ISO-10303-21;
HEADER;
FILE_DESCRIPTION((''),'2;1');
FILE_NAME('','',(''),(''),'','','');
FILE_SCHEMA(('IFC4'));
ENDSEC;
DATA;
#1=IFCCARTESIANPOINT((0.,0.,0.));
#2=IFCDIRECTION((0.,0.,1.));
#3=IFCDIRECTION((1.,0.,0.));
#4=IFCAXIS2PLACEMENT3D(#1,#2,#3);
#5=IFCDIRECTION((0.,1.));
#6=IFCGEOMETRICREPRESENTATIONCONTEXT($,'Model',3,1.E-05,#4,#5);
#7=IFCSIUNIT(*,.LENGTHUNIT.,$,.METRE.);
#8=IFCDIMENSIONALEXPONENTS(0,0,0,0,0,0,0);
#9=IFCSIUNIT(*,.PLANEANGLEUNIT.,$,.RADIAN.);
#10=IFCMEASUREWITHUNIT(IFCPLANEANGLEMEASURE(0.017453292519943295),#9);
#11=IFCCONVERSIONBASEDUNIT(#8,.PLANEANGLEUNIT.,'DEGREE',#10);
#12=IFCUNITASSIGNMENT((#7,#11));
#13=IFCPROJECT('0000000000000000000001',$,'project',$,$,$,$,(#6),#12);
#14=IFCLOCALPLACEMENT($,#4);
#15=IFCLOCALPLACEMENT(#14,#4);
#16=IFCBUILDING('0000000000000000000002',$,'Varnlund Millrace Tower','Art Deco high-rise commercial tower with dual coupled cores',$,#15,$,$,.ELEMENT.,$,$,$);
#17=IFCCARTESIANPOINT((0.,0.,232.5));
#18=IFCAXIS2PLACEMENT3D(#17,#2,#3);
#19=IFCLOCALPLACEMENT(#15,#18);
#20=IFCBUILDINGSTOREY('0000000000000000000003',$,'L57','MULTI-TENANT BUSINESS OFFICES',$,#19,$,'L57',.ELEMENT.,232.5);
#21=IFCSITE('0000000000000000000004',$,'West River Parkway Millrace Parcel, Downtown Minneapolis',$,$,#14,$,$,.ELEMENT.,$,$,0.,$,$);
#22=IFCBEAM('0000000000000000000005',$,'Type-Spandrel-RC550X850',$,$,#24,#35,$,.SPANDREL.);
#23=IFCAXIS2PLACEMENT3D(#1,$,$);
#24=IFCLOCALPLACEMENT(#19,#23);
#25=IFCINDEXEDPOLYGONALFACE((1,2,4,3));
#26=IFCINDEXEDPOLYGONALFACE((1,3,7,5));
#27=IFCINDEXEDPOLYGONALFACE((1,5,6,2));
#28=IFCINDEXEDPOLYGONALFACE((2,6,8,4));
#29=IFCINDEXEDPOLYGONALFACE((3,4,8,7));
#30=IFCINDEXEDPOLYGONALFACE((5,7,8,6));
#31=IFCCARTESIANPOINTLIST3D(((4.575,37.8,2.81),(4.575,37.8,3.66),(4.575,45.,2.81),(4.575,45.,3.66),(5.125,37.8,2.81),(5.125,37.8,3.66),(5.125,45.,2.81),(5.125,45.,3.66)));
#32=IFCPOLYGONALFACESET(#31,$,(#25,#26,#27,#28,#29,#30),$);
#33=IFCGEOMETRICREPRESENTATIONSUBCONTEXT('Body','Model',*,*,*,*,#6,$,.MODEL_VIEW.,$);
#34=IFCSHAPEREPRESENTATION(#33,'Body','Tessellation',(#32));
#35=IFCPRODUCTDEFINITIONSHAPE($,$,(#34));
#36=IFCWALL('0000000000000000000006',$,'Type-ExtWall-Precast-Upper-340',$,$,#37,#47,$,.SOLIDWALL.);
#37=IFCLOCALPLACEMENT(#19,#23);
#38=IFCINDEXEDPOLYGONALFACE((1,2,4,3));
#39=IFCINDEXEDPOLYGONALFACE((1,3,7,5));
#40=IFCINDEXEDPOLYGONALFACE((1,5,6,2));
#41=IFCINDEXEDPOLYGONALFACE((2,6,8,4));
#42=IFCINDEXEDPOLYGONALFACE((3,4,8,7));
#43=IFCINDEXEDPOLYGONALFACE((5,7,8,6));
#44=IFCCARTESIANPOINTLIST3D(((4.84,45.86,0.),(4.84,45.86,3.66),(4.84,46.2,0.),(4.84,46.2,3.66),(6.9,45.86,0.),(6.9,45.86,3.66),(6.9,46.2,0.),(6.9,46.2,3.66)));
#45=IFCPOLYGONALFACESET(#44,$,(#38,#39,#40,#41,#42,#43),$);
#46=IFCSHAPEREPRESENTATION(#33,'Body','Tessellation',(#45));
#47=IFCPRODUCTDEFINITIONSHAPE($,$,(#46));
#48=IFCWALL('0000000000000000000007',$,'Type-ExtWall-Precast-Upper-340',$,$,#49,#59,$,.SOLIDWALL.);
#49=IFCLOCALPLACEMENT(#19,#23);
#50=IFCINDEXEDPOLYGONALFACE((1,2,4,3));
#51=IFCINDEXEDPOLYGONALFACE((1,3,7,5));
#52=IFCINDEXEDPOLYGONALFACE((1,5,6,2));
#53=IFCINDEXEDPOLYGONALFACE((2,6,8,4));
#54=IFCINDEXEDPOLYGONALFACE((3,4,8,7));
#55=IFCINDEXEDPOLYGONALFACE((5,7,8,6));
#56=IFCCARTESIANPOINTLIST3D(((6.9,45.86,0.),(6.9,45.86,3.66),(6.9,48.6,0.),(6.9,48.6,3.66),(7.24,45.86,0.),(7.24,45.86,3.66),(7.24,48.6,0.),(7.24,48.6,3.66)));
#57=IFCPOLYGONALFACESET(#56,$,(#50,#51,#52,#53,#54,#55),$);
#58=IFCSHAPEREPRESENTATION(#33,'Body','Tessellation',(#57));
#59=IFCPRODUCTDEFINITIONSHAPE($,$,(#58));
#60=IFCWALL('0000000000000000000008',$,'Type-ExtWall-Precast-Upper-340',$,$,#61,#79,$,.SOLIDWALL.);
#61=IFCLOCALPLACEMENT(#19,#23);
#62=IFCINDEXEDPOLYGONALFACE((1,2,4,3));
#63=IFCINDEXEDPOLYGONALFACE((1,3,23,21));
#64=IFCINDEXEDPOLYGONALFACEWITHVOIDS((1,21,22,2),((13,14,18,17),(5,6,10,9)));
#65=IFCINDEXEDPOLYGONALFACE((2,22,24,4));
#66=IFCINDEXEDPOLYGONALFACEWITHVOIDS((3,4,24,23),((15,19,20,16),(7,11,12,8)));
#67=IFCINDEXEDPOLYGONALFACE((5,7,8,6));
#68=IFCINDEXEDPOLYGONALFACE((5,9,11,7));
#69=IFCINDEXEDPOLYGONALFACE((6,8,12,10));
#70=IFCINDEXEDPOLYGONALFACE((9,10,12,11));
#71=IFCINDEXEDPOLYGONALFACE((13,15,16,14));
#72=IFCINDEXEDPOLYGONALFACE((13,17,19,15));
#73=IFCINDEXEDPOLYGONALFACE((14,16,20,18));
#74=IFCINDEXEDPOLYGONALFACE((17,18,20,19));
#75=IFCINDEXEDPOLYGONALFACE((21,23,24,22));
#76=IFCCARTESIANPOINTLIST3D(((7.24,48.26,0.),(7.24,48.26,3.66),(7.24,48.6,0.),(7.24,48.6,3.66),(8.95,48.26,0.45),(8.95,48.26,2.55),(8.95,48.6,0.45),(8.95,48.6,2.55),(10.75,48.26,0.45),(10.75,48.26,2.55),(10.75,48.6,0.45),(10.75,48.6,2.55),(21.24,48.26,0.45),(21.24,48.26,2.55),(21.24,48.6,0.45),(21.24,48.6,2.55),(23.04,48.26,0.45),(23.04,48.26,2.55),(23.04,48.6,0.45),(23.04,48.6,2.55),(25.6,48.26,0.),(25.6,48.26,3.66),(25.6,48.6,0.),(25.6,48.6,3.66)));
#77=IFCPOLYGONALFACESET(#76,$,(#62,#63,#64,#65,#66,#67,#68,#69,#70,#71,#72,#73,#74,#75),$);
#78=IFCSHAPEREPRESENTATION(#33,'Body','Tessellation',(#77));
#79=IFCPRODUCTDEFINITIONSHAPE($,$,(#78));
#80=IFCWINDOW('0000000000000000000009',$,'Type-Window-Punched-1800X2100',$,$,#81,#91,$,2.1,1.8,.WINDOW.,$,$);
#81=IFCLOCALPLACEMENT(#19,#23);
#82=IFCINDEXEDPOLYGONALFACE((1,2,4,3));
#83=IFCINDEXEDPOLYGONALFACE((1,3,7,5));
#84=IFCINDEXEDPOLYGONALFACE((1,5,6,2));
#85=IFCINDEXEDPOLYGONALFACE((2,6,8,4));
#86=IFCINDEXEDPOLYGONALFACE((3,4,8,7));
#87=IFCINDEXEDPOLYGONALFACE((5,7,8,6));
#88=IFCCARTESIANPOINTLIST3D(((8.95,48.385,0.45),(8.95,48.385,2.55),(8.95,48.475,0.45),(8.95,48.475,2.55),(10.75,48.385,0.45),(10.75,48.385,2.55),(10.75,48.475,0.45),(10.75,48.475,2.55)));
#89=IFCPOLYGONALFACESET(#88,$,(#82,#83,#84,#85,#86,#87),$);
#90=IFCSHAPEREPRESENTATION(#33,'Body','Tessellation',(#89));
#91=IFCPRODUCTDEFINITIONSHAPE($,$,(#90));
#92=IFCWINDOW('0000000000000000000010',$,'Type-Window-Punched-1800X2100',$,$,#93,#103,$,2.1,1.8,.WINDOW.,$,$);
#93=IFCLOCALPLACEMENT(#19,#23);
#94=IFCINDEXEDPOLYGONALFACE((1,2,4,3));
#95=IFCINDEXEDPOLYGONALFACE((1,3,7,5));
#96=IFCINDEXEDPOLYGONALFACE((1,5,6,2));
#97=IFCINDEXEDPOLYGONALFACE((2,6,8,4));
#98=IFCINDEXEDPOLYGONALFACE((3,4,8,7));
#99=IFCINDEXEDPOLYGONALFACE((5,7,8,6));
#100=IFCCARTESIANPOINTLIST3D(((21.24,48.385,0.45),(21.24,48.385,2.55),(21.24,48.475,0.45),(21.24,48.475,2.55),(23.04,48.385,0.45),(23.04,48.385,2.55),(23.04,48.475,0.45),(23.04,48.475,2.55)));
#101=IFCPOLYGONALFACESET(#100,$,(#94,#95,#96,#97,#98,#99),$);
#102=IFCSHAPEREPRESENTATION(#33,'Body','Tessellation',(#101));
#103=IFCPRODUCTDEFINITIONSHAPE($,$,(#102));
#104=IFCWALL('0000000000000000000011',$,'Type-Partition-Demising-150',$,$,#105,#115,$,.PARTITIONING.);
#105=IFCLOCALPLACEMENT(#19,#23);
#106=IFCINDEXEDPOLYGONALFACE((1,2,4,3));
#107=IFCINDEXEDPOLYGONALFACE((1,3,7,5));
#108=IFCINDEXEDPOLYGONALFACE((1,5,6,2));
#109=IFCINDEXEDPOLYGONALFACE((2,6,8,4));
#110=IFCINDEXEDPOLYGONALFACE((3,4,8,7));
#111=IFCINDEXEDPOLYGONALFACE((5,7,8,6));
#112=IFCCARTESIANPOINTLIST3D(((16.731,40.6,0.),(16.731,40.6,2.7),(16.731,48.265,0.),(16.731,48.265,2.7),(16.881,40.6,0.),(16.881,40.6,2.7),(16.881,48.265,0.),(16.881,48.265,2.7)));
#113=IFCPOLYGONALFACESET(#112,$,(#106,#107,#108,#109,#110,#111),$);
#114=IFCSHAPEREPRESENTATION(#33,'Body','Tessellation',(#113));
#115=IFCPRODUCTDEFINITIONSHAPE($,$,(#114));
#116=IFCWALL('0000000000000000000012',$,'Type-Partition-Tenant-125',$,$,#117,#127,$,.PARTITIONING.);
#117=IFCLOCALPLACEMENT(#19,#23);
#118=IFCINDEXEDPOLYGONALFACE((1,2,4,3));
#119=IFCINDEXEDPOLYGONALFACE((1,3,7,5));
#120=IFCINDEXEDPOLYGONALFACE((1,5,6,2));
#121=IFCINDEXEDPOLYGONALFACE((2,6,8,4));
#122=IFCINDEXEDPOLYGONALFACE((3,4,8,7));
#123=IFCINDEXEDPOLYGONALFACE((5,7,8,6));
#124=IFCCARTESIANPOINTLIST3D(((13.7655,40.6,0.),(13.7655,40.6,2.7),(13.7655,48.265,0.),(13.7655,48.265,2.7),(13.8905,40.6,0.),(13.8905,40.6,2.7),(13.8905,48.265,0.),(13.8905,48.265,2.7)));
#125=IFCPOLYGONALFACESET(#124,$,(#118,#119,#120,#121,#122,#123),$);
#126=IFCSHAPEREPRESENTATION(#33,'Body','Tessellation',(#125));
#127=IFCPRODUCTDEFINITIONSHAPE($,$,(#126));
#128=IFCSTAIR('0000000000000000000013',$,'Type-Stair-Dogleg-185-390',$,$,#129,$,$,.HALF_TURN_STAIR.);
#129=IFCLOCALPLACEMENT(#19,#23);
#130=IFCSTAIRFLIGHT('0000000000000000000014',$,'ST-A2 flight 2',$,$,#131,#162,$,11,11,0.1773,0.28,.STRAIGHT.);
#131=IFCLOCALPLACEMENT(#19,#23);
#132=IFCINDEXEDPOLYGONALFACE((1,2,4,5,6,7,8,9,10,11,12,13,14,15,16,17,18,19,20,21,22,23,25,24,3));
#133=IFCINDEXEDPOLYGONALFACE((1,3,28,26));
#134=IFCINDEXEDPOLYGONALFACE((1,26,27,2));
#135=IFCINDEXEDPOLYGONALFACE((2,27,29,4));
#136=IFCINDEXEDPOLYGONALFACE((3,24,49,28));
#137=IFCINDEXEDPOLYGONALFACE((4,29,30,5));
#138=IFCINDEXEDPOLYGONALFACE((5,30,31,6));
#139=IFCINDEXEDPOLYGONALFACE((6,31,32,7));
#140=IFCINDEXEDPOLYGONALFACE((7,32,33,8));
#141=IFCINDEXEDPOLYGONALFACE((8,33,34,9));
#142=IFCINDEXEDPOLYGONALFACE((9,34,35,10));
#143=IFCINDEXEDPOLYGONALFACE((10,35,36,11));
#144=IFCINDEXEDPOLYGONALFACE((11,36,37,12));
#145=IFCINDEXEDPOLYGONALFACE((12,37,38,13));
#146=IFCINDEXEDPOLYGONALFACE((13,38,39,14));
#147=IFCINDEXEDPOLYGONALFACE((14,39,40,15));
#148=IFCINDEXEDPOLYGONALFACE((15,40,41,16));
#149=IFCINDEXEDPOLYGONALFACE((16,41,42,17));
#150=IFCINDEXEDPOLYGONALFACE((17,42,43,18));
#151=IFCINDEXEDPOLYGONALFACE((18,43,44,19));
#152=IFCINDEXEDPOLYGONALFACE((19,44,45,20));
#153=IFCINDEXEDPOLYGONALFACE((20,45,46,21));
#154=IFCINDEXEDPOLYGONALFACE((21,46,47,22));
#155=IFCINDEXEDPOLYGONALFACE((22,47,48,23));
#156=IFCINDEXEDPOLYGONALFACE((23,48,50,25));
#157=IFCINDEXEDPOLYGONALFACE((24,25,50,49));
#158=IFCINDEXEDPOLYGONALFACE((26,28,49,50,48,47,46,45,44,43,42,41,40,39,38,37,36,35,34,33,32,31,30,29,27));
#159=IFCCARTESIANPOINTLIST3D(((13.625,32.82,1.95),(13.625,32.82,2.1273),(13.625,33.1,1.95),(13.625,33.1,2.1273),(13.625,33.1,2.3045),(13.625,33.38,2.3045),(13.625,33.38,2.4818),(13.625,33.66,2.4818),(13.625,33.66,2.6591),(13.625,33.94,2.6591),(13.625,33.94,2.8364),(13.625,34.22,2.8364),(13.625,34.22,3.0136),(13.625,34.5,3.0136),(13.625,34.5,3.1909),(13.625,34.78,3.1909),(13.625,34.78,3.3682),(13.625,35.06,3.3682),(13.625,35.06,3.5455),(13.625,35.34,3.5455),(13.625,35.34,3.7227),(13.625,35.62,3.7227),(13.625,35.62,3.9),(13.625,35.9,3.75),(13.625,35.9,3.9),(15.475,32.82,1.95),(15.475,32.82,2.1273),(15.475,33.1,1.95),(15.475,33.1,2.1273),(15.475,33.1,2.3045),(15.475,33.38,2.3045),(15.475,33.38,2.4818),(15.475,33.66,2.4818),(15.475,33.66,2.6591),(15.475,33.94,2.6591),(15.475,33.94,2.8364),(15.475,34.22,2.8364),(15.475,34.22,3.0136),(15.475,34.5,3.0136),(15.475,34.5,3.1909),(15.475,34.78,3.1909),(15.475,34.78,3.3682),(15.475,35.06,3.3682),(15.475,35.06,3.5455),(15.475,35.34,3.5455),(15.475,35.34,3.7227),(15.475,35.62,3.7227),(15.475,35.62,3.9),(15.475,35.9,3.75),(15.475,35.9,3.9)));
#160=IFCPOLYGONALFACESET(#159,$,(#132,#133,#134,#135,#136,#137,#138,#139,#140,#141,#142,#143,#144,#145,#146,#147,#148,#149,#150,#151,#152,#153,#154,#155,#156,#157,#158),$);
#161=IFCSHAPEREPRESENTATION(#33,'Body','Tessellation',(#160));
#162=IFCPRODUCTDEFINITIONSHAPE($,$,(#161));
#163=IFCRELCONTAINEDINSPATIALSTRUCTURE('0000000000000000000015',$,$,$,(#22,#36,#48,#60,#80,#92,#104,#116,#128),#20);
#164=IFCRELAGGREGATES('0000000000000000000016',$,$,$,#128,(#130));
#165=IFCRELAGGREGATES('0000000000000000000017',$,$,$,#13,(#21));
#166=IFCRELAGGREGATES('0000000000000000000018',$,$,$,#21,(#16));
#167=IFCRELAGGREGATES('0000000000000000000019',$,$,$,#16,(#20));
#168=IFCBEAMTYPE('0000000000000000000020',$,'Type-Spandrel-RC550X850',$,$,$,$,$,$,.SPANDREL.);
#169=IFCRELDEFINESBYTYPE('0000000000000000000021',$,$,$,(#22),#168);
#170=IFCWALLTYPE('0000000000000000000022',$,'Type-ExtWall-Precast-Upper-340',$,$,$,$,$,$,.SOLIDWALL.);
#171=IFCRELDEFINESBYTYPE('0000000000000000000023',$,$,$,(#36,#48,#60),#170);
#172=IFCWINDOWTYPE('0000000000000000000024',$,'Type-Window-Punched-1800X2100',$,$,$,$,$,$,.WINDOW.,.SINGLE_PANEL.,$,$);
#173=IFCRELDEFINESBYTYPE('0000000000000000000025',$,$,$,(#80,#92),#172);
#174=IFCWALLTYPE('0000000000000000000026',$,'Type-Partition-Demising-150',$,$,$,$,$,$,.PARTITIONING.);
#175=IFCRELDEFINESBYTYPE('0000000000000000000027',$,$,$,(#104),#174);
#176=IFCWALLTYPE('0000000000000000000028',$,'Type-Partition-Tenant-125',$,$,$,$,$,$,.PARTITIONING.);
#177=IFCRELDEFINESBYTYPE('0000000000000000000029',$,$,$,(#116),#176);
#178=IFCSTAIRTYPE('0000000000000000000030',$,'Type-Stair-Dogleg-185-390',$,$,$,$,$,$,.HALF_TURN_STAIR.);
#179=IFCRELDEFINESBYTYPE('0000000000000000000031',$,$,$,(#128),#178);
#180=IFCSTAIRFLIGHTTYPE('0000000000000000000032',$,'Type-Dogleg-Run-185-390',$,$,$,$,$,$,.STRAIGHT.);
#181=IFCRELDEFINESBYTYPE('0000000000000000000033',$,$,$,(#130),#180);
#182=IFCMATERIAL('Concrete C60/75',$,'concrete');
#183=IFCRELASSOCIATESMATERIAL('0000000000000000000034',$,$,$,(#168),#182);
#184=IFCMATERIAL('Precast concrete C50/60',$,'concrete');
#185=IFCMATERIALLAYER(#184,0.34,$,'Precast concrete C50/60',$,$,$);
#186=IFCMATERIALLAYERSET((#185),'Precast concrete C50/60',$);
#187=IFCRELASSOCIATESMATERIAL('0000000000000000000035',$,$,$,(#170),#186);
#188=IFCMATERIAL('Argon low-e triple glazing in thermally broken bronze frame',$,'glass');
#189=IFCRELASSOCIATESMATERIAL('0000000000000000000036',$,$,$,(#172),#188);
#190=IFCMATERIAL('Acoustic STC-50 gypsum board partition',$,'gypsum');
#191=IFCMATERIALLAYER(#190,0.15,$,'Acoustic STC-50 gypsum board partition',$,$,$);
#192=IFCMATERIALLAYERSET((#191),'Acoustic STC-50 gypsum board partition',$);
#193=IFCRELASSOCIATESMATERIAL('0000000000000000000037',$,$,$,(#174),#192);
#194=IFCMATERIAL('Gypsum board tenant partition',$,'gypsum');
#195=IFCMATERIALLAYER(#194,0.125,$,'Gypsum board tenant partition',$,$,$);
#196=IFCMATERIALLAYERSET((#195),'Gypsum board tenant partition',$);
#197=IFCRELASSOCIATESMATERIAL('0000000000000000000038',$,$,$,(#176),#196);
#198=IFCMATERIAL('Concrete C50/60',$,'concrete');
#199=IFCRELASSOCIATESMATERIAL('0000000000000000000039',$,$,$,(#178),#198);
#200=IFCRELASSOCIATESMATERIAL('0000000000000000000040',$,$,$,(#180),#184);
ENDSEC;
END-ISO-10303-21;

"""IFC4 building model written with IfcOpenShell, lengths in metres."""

from ifc_helpers import new_model, entity, si_unit, converted_unit, direction, frame, origin_with_axes, origin_2d_with_axis, place, context, subcontext, project, spatial, polyline, rectangle, outline, extrude, material, layer, layer_set, material_profile, profile_set, type_object, element, fill, aggregate, save


model = new_model("IFC4")

# Units and contexts
model_context = context("Model", 3, precision=1e-05, world=origin_with_axes(), true_north=direction((0.0, 1.0)))
body_context = subcontext(model_context, "Body", "Model", "MODEL_VIEW")
ifc_project = project(units=[si_unit("LENGTHUNIT", "METRE"), converted_unit("PLANEANGLEUNIT", "DEGREE", entity("IfcPlaneAngleMeasure", 0.017453292519943295), si_unit("PLANEANGLEUNIT", "RADIAN"), dimensions=[0, 0, 0, 0, 0, 0, 0])], contexts=[model_context])

# Site, building, storey
site_placement = place(None, origin_with_axes())
site = spatial("IfcSite", under=ifc_project, at=site_placement, Name="West River Parkway Millrace Parcel, Downtown Minneapolis", CompositionType="ELEMENT", RefElevation=0.0)
building_placement = place(site_placement, origin_with_axes())
building = spatial("IfcBuilding", under=site, at=building_placement, Name="Varnlund Millrace Tower", Description="Art Deco high-rise commercial tower with dual coupled cores", CompositionType="ELEMENT")
storey_placement = place(building_placement, frame((0.0, 0.0, 232.5), z_axis=(0.0, 0.0, 1.0), x_axis=(1.0, 0.0, 0.0)))
storey = spatial("IfcBuildingStorey", under=building, at=storey_placement, Name="L57", Description="MULTI-TENANT BUSINESS OFFICES", LongName="L57", CompositionType="ELEMENT", Elevation=232.5)

# Beam
ifc_material_1 = material(Name="Concrete C60/75", Category="concrete")
ifc_material_profile_1 = material_profile(ifc_material_1, rectangle(XDim=0.55, YDim=0.85, at=origin_2d_with_axis()), Name="Concrete C60/75")
ifc_profile_set_1 = profile_set([ifc_material_profile_1], Name="Concrete C60/75")
beam_type_1 = type_object("IfcBeamType", Name="Type-Spandrel-RC550X850", PredefinedType="SPANDREL", material=ifc_profile_set_1)
beam_1_placement = place(storey_placement, frame((4.85, 37.8, 3.235), z_axis=(0.0, 1.0, 0.0), x_axis=(-1.0, 0.0, 0.0)))
element("IfcBeam", 1, at=beam_1_placement, inside=storey, type_object=beam_type_1, Name="Type-Spandrel-RC550X850", PredefinedType="SPANDREL", context=body_context, shape_type="SweptSolid", body=[
    extrude(rectangle(XDim=0.55, YDim=0.85, at=origin_2d_with_axis()), origin_with_axes(), (0.0, 0.0, 1.0), 7.2),
])

# Walls
ifc_material_2 = material(Name="Precast concrete C50/60", Category="concrete")
ifc_layer_1 = layer(ifc_material_2, 0.34, Name="Precast concrete C50/60")
ifc_layer_set_1 = layer_set([ifc_layer_1], Name="Precast concrete C50/60")
wall_type_1 = type_object("IfcWallType", Name="Type-ExtWall-Precast-Upper-340", PredefinedType="SOLIDWALL", material=ifc_layer_set_1)
wall_1_placement = place(storey_placement, frame((4.84, 46.03, 0.0), z_axis=(0.0, 0.0, 1.0), x_axis=(1.0, 0.0, 0.0)))
element("IfcWall", 2, at=wall_1_placement, inside=storey, type_object=wall_type_1, Name="Type-ExtWall-Precast-Upper-340", PredefinedType="SOLIDWALL", context=body_context, shape_type="SweptSolid", body=[
    extrude(outline(polyline([(0.0, -0.17), (2.06, -0.17), (2.06, 0.17), (0.0, 0.17), (0.0, -0.17)])), origin_with_axes(), (0.0, 0.0, 1.0), 3.66),
])
wall_2_placement = place(storey_placement, frame((7.07, 45.86, 0.0), z_axis=(0.0, 0.0, 1.0), x_axis=(0.0, 1.0, 0.0)))
element("IfcWall", 3, at=wall_2_placement, inside=storey, type_object=wall_type_1, Name="Type-ExtWall-Precast-Upper-340", PredefinedType="SOLIDWALL", context=body_context, shape_type="SweptSolid", body=[
    extrude(outline(polyline([(0.0, -0.17), (2.74, -0.17), (2.74, 0.17), (0.0, 0.17), (0.0, -0.17)])), origin_with_axes(), (0.0, 0.0, 1.0), 3.66),
])

# Wall, openings, windows
wall_3_placement = place(storey_placement, frame((7.24, 48.43, 0.0), z_axis=(0.0, 0.0, 1.0), x_axis=(1.0, 0.0, 0.0)))
wall_3 = element("IfcWall", 4, at=wall_3_placement, inside=storey, type_object=wall_type_1, Name="Type-ExtWall-Precast-Upper-340", PredefinedType="SOLIDWALL", context=body_context, shape_type="SweptSolid", body=[
    extrude(outline(polyline([(0.0, -0.17), (18.36, -0.17), (18.36, 0.17), (0.0, 0.17), (0.0, -0.17)])), origin_with_axes(), (0.0, 0.0, 1.0), 3.66),
])
opening_1_placement = place(wall_3_placement, frame((2.61, 0.0, 0.45), z_axis=(0.0, 0.0, 1.0), x_axis=(1.0, 0.0, 0.0)))
opening_1 = element("IfcOpeningElement", 5, at=opening_1_placement, cuts=wall_3, PredefinedType="OPENING", context=body_context, shape_type="SweptSolid", body=[
    extrude(rectangle(XDim=1.8, YDim=0.36, at=origin_2d_with_axis()), origin_with_axes(), (0.0, 0.0, 1.0), 2.1),
])
opening_2_placement = place(wall_3_placement, frame((14.9, 0.0, 0.45), z_axis=(0.0, 0.0, 1.0), x_axis=(1.0, 0.0, 0.0)))
opening_2 = element("IfcOpeningElement", 6, at=opening_2_placement, cuts=wall_3, PredefinedType="OPENING", context=body_context, shape_type="SweptSolid", body=[
    extrude(rectangle(XDim=1.8, YDim=0.36, at=origin_2d_with_axis()), origin_with_axes(), (0.0, 0.0, 1.0), 2.1),
])
ifc_material_3 = material(Name="Argon low-e triple glazing in thermally broken bronze frame", Category="glass")
window_type = type_object("IfcWindowType", Name="Type-Window-Punched-1800X2100", PartitioningType="SINGLE_PANEL", PredefinedType="WINDOW", material=ifc_material_3)
window_1_placement = place(wall_3_placement, frame((2.61, 0.0, 0.45), z_axis=(0.0, 0.0, 1.0), x_axis=(1.0, 0.0, 0.0)))
window_1 = element("IfcWindow", 7, at=window_1_placement, inside=storey, type_object=window_type, Name="Type-Window-Punched-1800X2100", OverallHeight=2.1, OverallWidth=1.8, PredefinedType="WINDOW", context=body_context, shape_type="SweptSolid", body=[
    extrude(rectangle(XDim=1.8, YDim=0.09, at=origin_2d_with_axis()), origin_with_axes(), (0.0, 0.0, 1.0), 2.1),
])
fill(opening_1, window_1)
window_2_placement = place(wall_3_placement, frame((14.9, 0.0, 0.45), z_axis=(0.0, 0.0, 1.0), x_axis=(1.0, 0.0, 0.0)))
window_2 = element("IfcWindow", 8, at=window_2_placement, inside=storey, type_object=window_type, Name="Type-Window-Punched-1800X2100", OverallHeight=2.1, OverallWidth=1.8, PredefinedType="WINDOW", context=body_context, shape_type="SweptSolid", body=[
    extrude(rectangle(XDim=1.8, YDim=0.09, at=origin_2d_with_axis()), origin_with_axes(), (0.0, 0.0, 1.0), 2.1),
])
fill(opening_2, window_2)

# Walls
ifc_material_4 = material(Name="Acoustic STC-50 gypsum board partition", Category="gypsum")
ifc_layer_2 = layer(ifc_material_4, 0.15, Name="Acoustic STC-50 gypsum board partition")
ifc_layer_set_2 = layer_set([ifc_layer_2], Name="Acoustic STC-50 gypsum board partition")
wall_type_2 = type_object("IfcWallType", Name="Type-Partition-Demising-150", PredefinedType="PARTITIONING", material=ifc_layer_set_2)
wall_4_placement = place(storey_placement, frame((16.806, 40.6, 0.0), z_axis=(0.0, 0.0, 1.0), x_axis=(0.0, 1.0, 0.0)))
element("IfcWall", 9, at=wall_4_placement, inside=storey, type_object=wall_type_2, Name="Type-Partition-Demising-150", PredefinedType="PARTITIONING", context=body_context, shape_type="SweptSolid", body=[
    extrude(outline(polyline([(0.0, -0.075), (7.665, -0.075), (7.665, 0.075), (0.0, 0.075), (0.0, -0.075)])), origin_with_axes(), (0.0, 0.0, 1.0), 2.7),
])
ifc_material_5 = material(Name="Gypsum board tenant partition", Category="gypsum")
ifc_layer_3 = layer(ifc_material_5, 0.125, Name="Gypsum board tenant partition")
ifc_layer_set_3 = layer_set([ifc_layer_3], Name="Gypsum board tenant partition")
wall_type_3 = type_object("IfcWallType", Name="Type-Partition-Tenant-125", PredefinedType="PARTITIONING", material=ifc_layer_set_3)
wall_5_placement = place(storey_placement, frame((13.828, 40.6, 0.0), z_axis=(0.0, 0.0, 1.0), x_axis=(0.0, 1.0, 0.0)))
element("IfcWall", 10, at=wall_5_placement, inside=storey, type_object=wall_type_3, Name="Type-Partition-Tenant-125", PredefinedType="PARTITIONING", context=body_context, shape_type="SweptSolid", body=[
    extrude(outline(polyline([(0.0, -0.0625), (7.665, -0.0625), (7.665, 0.0625), (0.0, 0.0625), (0.0, -0.0625)])), origin_with_axes(), (0.0, 0.0, 1.0), 2.7),
])

# Stair, stair flight
ifc_material_6 = material(Name="Concrete C50/60", Category="concrete")
stair_type = type_object("IfcStairType", Name="Type-Stair-Dogleg-185-390", PredefinedType="HALF_TURN_STAIR", material=ifc_material_6)
stair_placement = place(storey_placement, origin_with_axes())
stair = element("IfcStair", 11, at=stair_placement, inside=storey, type_object=stair_type, Name="Type-Stair-Dogleg-185-390", PredefinedType="HALF_TURN_STAIR")
stair_flight_type = type_object("IfcStairFlightType", Name="Type-Dogleg-Run-185-390", PredefinedType="STRAIGHT", material=ifc_material_2)
stair_flight_placement = place(storey_placement, frame((13.625, 32.82, 1.95), z_axis=(1.0, 0.0, 0.0), x_axis=(0.0, 1.0, 0.0)))
stair_flight = element("IfcStairFlight", 12, at=stair_flight_placement, type_object=stair_flight_type, Name="ST-A2 flight 2", NumberOfRisers=11, NumberOfTreads=11, PredefinedType="STRAIGHT", RiserHeight=0.1773, TreadLength=0.28, context=body_context, shape_type="SweptSolid", body=[
    extrude(outline(polyline([(0.0, 0.0), (0.0, 0.1773), (0.28, 0.1773), (0.28, 0.3545), (0.56, 0.3545), (0.56, 0.5318), (0.84, 0.5318), (0.84, 0.7091), (1.12, 0.7091), (1.12, 0.8864), (1.4, 0.8864), (1.4, 1.0636), (1.68, 1.0636), (1.68, 1.2409), (1.96, 1.2409), (1.96, 1.4182), (2.24, 1.4182), (2.24, 1.5955), (2.52, 1.5955), (2.52, 1.7727), (2.8, 1.7727), (2.8, 1.95), (3.08, 1.95), (3.08, 1.8), (0.28, 0.0), (0.0, 0.0)])), origin_with_axes(), (0.0, 0.0, 1.0), 1.85),
])
aggregate(stair, [stair_flight])

save(model, "model.ifc")
